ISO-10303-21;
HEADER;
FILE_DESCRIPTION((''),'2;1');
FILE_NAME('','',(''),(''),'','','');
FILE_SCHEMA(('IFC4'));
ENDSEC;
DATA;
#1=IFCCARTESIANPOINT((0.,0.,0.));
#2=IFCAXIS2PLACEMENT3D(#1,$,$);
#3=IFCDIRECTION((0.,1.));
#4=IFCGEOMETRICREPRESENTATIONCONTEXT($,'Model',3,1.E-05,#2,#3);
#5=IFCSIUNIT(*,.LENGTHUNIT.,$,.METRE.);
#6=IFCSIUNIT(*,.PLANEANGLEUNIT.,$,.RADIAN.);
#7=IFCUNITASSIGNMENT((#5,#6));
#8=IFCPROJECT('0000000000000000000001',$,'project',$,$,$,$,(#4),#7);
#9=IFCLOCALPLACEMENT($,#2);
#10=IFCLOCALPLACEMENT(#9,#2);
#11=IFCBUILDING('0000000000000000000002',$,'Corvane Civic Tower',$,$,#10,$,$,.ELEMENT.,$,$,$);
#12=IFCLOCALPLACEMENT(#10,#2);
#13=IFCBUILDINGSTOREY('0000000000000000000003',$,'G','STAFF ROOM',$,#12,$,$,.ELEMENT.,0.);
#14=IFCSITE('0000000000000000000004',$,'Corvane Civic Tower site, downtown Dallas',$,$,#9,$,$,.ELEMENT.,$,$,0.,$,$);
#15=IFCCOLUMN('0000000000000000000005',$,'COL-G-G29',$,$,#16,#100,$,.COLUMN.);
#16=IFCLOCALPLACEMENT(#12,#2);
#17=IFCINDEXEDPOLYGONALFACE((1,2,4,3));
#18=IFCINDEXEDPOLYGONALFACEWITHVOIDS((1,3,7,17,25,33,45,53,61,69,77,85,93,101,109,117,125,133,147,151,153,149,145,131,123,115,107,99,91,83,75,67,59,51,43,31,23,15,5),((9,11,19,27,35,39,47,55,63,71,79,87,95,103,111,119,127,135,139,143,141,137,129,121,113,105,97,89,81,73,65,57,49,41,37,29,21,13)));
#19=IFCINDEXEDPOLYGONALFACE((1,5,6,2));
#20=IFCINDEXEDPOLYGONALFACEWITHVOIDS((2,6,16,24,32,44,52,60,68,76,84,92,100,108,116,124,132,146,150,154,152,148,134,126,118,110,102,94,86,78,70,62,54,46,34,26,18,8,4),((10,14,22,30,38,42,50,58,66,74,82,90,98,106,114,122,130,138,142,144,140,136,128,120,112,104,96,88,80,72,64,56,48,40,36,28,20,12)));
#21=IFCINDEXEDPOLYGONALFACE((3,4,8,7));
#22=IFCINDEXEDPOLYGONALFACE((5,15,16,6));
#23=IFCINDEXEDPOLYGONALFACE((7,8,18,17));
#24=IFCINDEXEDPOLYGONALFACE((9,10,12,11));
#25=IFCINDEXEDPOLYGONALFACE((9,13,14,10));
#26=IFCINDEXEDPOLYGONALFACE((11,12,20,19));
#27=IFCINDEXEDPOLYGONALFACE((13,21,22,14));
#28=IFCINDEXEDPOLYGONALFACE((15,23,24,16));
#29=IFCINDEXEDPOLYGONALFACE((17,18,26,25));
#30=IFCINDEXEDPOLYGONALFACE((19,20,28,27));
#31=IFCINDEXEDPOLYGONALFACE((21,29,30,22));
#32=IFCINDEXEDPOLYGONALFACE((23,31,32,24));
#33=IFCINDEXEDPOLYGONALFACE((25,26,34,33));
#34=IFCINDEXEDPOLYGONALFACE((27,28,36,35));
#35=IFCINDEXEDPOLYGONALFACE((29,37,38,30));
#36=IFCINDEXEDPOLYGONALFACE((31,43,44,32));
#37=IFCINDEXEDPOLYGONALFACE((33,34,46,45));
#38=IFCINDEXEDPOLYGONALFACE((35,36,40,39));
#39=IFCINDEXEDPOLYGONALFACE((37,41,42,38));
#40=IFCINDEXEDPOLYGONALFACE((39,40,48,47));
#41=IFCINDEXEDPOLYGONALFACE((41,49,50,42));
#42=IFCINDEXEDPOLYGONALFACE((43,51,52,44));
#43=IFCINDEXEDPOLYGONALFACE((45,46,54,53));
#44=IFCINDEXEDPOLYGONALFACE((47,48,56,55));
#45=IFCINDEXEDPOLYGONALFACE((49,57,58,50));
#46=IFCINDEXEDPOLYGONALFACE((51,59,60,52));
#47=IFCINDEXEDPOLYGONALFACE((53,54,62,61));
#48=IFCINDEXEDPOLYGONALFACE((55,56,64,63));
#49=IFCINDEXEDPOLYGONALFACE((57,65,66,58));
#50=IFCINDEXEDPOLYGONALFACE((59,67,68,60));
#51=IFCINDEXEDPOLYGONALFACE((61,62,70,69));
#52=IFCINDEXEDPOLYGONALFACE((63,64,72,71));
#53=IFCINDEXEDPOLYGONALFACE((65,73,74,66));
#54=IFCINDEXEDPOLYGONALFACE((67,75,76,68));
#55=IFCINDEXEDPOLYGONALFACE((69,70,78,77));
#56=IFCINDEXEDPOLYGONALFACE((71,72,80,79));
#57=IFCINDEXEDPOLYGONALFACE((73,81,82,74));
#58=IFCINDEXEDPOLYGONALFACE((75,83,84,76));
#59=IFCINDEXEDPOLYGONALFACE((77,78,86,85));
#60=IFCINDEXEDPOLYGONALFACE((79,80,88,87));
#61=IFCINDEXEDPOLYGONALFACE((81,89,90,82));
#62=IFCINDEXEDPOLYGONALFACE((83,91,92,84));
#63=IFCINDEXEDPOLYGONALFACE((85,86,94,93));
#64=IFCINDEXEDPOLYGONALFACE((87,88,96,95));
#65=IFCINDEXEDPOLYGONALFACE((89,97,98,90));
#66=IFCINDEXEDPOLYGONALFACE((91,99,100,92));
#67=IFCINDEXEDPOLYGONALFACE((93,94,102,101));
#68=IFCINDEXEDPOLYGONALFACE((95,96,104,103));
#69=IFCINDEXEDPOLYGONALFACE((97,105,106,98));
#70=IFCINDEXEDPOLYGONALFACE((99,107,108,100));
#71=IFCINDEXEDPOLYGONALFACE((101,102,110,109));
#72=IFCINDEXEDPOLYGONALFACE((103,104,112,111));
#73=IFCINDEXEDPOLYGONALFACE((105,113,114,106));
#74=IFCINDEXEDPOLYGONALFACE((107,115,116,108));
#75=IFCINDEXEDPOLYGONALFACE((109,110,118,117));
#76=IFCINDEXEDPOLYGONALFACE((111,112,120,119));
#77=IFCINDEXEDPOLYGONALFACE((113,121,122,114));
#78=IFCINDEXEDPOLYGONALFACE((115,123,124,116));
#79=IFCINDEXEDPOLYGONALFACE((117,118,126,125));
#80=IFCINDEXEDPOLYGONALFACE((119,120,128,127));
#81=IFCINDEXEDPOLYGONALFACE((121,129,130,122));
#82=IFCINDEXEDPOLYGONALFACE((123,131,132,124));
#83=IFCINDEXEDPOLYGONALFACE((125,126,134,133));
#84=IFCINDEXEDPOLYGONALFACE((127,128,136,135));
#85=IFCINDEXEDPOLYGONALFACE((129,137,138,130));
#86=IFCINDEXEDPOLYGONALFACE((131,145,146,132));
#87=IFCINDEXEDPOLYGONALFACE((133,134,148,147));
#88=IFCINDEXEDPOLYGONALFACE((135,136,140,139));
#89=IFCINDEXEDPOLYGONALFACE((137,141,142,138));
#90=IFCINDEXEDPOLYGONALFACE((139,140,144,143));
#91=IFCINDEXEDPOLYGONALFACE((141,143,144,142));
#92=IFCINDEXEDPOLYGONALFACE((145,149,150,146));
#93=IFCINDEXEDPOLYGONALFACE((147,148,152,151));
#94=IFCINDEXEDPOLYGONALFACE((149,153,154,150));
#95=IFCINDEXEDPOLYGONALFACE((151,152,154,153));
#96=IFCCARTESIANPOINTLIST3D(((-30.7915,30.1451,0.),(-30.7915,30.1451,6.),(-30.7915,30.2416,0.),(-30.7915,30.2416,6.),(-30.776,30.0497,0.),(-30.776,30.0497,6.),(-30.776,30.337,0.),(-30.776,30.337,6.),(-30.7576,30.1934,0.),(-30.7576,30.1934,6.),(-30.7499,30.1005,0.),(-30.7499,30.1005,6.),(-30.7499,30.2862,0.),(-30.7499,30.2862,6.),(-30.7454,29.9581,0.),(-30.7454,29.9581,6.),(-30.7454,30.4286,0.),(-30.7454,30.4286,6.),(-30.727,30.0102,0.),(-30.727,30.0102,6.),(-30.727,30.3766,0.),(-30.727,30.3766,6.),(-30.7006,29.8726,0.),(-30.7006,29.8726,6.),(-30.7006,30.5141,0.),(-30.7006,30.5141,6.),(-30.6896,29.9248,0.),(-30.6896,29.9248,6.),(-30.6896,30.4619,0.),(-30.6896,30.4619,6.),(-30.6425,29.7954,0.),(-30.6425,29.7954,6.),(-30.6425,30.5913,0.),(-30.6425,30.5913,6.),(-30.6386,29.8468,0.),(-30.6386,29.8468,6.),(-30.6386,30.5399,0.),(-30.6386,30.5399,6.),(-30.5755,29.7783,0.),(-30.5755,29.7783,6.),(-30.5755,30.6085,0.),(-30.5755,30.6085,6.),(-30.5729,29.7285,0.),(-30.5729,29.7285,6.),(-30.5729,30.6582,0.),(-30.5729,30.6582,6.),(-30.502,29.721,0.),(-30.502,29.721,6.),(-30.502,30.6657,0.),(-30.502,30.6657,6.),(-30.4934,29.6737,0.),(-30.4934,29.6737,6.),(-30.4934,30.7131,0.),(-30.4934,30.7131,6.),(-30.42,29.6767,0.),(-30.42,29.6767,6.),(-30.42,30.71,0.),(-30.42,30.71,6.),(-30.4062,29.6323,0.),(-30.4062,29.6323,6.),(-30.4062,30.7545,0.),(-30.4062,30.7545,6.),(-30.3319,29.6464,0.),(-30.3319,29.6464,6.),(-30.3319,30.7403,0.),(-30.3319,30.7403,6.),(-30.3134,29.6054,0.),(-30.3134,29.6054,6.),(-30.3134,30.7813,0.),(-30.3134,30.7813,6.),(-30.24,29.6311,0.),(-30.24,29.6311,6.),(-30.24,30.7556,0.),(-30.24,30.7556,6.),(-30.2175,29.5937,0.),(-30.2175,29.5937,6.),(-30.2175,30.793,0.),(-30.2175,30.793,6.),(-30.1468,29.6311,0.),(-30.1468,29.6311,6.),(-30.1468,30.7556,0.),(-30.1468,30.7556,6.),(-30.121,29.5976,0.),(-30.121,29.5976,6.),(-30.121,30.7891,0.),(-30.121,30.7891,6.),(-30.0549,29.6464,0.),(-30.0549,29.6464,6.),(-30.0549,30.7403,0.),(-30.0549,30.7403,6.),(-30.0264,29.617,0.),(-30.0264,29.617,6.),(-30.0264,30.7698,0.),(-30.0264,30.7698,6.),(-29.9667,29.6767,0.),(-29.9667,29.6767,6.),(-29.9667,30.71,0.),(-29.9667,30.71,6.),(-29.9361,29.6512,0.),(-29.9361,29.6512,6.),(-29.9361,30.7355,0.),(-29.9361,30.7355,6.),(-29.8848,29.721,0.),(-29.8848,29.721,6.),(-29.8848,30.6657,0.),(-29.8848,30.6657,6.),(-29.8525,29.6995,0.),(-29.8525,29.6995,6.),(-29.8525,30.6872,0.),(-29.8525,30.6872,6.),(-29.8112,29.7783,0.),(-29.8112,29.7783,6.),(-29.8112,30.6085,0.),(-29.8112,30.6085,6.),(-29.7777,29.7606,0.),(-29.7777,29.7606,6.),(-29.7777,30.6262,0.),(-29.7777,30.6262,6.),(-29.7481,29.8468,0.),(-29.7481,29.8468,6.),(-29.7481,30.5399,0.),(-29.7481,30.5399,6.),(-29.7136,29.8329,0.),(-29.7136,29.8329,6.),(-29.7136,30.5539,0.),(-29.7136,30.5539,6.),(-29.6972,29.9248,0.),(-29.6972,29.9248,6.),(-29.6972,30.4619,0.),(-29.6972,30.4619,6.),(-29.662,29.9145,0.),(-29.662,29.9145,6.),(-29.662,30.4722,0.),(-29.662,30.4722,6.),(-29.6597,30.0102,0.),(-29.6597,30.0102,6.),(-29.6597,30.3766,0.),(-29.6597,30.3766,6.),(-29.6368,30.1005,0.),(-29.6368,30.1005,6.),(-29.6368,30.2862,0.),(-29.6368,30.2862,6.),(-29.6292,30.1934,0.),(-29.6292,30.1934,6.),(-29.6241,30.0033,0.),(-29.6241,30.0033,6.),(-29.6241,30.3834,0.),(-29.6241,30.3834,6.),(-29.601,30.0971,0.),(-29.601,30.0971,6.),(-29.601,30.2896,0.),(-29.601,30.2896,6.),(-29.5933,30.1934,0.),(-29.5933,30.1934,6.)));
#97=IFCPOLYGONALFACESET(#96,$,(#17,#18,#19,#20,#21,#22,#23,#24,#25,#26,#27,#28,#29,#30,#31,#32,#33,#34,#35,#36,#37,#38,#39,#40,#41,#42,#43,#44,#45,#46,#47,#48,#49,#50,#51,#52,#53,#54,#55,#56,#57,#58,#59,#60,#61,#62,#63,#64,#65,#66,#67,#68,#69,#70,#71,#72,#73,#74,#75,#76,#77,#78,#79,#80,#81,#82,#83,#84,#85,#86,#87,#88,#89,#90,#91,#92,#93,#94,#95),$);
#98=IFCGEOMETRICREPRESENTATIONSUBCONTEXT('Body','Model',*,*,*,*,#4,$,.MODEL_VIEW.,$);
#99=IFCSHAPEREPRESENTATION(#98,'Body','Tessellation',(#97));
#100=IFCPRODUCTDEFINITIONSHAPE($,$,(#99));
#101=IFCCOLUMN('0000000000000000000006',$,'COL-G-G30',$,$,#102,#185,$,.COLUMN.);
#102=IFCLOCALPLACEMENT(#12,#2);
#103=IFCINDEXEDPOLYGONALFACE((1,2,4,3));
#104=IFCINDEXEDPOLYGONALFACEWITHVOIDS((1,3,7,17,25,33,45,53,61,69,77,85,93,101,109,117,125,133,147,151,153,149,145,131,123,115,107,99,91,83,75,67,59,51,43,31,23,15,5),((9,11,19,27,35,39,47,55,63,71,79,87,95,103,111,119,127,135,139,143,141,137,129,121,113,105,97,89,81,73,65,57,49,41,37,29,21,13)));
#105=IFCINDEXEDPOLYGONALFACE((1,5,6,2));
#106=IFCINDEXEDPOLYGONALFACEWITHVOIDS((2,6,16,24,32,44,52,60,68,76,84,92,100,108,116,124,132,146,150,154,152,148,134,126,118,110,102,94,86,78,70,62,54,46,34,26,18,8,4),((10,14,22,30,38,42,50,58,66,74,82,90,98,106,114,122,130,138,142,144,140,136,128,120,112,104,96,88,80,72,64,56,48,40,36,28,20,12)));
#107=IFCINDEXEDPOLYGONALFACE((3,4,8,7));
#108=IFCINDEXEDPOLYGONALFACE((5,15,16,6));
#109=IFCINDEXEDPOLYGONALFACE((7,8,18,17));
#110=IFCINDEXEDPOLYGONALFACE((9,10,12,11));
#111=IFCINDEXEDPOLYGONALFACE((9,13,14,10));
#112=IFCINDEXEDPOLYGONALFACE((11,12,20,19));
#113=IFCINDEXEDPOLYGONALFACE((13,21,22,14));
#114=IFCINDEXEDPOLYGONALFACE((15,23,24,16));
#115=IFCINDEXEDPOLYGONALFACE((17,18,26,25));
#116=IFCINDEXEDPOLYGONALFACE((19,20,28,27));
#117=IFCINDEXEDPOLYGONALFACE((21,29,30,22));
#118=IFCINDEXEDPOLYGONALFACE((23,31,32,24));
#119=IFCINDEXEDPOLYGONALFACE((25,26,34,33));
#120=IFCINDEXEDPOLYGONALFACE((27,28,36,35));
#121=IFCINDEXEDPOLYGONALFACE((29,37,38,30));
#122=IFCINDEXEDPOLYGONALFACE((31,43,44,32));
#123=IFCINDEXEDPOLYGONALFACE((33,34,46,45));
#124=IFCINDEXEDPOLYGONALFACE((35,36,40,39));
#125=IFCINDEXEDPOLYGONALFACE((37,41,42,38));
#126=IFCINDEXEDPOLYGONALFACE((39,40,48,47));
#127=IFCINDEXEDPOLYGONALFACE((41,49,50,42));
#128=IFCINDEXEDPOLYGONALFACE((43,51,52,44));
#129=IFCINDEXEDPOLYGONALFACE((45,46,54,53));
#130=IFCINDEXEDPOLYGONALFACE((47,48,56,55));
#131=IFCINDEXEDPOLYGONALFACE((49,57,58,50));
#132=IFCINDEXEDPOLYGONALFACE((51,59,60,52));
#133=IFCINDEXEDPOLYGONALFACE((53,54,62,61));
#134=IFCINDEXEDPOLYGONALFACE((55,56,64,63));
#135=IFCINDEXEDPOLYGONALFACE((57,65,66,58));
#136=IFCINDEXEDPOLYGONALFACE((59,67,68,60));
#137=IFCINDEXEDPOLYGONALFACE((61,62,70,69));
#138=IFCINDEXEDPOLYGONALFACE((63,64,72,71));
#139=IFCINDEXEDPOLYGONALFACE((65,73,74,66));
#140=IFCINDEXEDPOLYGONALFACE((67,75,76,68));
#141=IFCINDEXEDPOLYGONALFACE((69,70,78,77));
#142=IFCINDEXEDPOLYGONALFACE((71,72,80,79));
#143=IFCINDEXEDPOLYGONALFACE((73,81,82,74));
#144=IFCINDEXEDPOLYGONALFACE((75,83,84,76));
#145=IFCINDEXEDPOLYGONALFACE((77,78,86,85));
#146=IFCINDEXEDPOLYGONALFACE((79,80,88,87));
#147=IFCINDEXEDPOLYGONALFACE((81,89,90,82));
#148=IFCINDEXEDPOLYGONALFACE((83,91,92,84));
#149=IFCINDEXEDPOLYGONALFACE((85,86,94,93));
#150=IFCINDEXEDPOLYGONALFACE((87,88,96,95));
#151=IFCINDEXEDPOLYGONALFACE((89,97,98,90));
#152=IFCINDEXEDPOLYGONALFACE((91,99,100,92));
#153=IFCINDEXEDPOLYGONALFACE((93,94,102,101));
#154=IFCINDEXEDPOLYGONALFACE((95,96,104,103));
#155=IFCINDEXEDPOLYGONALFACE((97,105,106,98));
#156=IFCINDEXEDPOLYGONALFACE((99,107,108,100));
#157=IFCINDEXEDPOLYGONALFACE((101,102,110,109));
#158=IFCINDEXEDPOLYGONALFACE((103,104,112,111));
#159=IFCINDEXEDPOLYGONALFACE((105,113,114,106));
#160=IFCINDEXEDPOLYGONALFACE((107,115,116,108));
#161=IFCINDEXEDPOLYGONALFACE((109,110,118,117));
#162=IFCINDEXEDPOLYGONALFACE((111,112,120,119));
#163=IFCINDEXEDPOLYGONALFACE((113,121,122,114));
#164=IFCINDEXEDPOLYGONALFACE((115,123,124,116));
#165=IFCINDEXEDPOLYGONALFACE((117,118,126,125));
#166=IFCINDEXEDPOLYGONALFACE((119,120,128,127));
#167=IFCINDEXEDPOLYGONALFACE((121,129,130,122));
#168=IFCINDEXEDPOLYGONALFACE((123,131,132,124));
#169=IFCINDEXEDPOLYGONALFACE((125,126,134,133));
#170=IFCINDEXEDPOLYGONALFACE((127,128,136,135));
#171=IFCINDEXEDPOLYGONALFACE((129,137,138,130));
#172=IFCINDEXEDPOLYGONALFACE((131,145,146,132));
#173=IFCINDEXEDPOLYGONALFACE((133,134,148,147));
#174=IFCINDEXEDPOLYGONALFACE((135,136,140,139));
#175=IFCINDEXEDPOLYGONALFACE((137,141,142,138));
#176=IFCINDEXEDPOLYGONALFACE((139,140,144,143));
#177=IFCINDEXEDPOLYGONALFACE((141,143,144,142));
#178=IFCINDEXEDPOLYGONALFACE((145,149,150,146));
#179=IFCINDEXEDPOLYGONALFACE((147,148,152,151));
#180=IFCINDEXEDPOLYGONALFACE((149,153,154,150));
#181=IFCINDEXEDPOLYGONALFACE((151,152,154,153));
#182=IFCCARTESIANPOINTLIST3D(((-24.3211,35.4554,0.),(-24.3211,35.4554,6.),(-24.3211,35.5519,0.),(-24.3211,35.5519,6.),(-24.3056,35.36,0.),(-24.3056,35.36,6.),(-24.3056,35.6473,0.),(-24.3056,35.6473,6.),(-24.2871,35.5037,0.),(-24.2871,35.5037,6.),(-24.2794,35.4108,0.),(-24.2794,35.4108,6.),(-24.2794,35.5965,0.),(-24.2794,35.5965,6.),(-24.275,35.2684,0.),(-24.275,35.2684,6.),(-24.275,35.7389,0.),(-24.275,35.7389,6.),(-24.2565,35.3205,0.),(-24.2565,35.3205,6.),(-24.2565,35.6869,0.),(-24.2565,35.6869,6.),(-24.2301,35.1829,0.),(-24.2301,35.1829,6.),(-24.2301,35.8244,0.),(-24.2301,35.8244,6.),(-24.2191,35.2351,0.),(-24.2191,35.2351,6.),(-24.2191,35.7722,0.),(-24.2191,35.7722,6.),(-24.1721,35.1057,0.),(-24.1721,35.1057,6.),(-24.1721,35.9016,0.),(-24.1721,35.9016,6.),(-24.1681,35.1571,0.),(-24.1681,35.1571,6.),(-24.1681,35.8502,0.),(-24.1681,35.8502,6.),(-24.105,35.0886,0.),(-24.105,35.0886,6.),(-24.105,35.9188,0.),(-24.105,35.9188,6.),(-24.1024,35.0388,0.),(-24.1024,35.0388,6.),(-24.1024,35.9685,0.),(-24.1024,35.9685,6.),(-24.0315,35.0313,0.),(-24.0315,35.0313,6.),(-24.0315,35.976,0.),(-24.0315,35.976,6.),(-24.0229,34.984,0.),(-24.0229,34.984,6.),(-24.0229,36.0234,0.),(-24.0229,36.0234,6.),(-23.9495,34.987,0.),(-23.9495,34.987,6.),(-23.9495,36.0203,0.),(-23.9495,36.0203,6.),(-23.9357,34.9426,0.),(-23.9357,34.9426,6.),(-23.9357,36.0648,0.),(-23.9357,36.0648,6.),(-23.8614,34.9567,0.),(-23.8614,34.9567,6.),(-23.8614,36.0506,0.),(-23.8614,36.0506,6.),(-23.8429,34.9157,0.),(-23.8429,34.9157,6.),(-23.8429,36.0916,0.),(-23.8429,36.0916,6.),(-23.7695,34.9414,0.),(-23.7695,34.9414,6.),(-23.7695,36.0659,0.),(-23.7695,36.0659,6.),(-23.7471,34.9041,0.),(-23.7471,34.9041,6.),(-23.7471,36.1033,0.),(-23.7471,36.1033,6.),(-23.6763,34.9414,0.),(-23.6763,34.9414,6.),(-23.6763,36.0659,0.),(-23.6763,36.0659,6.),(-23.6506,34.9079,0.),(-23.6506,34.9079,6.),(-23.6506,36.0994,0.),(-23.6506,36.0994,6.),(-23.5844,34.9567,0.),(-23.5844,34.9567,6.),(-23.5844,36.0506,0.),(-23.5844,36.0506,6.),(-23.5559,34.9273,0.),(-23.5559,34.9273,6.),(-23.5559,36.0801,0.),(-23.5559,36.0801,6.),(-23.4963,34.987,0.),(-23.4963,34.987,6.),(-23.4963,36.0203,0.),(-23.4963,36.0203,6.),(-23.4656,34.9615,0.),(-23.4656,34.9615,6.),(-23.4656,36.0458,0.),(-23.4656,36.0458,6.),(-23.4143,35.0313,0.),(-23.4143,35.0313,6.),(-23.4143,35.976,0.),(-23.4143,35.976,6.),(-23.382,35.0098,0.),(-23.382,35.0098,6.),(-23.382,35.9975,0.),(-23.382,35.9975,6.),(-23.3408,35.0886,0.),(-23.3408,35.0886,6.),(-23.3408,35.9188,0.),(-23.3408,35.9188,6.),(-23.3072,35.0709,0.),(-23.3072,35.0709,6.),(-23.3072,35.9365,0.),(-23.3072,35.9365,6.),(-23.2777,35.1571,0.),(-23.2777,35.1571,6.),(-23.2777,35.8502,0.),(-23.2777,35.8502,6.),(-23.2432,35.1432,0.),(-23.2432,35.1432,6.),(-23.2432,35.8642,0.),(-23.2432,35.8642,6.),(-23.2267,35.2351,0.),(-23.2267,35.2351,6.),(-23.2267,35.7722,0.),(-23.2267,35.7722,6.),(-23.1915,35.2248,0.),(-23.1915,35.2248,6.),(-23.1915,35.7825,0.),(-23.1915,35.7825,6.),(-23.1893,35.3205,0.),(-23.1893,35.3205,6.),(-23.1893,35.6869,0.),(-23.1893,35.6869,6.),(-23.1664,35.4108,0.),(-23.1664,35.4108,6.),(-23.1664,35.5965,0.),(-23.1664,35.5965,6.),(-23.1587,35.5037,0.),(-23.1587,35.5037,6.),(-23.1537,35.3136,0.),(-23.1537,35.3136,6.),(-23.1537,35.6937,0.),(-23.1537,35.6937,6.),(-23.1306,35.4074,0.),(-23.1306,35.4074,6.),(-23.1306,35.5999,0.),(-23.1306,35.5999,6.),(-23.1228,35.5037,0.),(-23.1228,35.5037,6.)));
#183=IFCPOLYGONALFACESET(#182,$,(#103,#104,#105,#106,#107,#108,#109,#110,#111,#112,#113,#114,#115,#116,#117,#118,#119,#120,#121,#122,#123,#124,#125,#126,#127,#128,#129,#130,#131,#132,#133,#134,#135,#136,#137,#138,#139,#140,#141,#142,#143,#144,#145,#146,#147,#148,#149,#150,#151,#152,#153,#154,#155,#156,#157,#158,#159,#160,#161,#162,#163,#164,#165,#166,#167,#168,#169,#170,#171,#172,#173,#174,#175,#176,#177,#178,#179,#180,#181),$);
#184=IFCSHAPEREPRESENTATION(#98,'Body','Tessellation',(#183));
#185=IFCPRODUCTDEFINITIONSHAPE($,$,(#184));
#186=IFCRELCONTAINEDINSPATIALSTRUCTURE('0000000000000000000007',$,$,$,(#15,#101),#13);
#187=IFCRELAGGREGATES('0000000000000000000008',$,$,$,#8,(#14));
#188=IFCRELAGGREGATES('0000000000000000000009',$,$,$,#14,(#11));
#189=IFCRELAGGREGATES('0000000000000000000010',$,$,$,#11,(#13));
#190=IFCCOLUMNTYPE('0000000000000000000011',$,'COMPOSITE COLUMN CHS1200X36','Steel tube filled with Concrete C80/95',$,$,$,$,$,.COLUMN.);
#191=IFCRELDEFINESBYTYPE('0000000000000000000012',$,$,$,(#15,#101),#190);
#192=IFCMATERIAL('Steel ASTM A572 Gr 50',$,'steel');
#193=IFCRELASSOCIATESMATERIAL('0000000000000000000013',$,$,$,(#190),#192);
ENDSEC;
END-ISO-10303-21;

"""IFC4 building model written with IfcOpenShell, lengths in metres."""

from ifc_helpers import new_model, si_unit, direction, frame, origin, origin_2d, place, context, subcontext, project, spatial, hollow_circle, extrude, material, material_profile, profile_set, type_object, element, save


model = new_model("IFC4")

# Units and contexts
model_context = context("Model", 3, precision=1e-05, world=origin(), true_north=direction((0.0, 1.0)))
body_context = subcontext(model_context, "Body", "Model", "MODEL_VIEW")
ifc_project = project(units=[si_unit("LENGTHUNIT", "METRE"), si_unit("PLANEANGLEUNIT", "RADIAN")], contexts=[model_context])

# Site, building, storey
site_placement = place(None, origin())
site = spatial("IfcSite", under=ifc_project, at=site_placement, Name="Corvane Civic Tower site, downtown Dallas", CompositionType="ELEMENT", RefElevation=0.0)
building_placement = place(site_placement, origin())
building = spatial("IfcBuilding", under=site, at=building_placement, Name="Corvane Civic Tower", CompositionType="ELEMENT")
storey_placement = place(building_placement, origin())
storey = spatial("IfcBuildingStorey", under=building, at=storey_placement, Name="G", Description="STAFF ROOM", CompositionType="ELEMENT", Elevation=0.0)

# Columns
ifc_material_1 = material(Name="Steel ASTM A572 Gr 50", Category="steel")
ifc_material_profile_1 = material_profile(ifc_material_1, hollow_circle(Radius=0.6001, WallThickness=0.0359, at=origin_2d()), Name="CHS1200X36")
ifc_profile_set_1 = profile_set([ifc_material_profile_1], Name="Steel ASTM A572 Gr 50")
column_type_1 = type_object("IfcColumnType", Name="COMPOSITE COLUMN CHS1200X36", Description="Steel tube filled with Concrete C80/95", PredefinedType="COLUMN", material=ifc_profile_set_1)
for number, where, z_axis, x_axis, name in (
    (1, (-30.1934, 30.1934, 0.0), (0.0, 0.0, 1.0), (1.0, 0.0, 0.0), "COL-G-G29"),
    (2, (-23.7229, 35.5037, 0.0), (0.0, 0.0, 1.0), (1.0, 0.0, 0.0), "COL-G-G30"),
):
    element("IfcColumn", number, at=place(storey_placement, frame(where, z_axis=z_axis, x_axis=x_axis)), inside=storey, type_object=column_type_1, Name=name, PredefinedType="COLUMN", context=body_context, shape_type="SweptSolid", body=[
        extrude(hollow_circle(Radius=0.6001, WallThickness=0.0359, at=origin_2d()), origin(), (0.0, 0.0, 1.0), 6.0),
    ])

save(model, "model.ifc")
